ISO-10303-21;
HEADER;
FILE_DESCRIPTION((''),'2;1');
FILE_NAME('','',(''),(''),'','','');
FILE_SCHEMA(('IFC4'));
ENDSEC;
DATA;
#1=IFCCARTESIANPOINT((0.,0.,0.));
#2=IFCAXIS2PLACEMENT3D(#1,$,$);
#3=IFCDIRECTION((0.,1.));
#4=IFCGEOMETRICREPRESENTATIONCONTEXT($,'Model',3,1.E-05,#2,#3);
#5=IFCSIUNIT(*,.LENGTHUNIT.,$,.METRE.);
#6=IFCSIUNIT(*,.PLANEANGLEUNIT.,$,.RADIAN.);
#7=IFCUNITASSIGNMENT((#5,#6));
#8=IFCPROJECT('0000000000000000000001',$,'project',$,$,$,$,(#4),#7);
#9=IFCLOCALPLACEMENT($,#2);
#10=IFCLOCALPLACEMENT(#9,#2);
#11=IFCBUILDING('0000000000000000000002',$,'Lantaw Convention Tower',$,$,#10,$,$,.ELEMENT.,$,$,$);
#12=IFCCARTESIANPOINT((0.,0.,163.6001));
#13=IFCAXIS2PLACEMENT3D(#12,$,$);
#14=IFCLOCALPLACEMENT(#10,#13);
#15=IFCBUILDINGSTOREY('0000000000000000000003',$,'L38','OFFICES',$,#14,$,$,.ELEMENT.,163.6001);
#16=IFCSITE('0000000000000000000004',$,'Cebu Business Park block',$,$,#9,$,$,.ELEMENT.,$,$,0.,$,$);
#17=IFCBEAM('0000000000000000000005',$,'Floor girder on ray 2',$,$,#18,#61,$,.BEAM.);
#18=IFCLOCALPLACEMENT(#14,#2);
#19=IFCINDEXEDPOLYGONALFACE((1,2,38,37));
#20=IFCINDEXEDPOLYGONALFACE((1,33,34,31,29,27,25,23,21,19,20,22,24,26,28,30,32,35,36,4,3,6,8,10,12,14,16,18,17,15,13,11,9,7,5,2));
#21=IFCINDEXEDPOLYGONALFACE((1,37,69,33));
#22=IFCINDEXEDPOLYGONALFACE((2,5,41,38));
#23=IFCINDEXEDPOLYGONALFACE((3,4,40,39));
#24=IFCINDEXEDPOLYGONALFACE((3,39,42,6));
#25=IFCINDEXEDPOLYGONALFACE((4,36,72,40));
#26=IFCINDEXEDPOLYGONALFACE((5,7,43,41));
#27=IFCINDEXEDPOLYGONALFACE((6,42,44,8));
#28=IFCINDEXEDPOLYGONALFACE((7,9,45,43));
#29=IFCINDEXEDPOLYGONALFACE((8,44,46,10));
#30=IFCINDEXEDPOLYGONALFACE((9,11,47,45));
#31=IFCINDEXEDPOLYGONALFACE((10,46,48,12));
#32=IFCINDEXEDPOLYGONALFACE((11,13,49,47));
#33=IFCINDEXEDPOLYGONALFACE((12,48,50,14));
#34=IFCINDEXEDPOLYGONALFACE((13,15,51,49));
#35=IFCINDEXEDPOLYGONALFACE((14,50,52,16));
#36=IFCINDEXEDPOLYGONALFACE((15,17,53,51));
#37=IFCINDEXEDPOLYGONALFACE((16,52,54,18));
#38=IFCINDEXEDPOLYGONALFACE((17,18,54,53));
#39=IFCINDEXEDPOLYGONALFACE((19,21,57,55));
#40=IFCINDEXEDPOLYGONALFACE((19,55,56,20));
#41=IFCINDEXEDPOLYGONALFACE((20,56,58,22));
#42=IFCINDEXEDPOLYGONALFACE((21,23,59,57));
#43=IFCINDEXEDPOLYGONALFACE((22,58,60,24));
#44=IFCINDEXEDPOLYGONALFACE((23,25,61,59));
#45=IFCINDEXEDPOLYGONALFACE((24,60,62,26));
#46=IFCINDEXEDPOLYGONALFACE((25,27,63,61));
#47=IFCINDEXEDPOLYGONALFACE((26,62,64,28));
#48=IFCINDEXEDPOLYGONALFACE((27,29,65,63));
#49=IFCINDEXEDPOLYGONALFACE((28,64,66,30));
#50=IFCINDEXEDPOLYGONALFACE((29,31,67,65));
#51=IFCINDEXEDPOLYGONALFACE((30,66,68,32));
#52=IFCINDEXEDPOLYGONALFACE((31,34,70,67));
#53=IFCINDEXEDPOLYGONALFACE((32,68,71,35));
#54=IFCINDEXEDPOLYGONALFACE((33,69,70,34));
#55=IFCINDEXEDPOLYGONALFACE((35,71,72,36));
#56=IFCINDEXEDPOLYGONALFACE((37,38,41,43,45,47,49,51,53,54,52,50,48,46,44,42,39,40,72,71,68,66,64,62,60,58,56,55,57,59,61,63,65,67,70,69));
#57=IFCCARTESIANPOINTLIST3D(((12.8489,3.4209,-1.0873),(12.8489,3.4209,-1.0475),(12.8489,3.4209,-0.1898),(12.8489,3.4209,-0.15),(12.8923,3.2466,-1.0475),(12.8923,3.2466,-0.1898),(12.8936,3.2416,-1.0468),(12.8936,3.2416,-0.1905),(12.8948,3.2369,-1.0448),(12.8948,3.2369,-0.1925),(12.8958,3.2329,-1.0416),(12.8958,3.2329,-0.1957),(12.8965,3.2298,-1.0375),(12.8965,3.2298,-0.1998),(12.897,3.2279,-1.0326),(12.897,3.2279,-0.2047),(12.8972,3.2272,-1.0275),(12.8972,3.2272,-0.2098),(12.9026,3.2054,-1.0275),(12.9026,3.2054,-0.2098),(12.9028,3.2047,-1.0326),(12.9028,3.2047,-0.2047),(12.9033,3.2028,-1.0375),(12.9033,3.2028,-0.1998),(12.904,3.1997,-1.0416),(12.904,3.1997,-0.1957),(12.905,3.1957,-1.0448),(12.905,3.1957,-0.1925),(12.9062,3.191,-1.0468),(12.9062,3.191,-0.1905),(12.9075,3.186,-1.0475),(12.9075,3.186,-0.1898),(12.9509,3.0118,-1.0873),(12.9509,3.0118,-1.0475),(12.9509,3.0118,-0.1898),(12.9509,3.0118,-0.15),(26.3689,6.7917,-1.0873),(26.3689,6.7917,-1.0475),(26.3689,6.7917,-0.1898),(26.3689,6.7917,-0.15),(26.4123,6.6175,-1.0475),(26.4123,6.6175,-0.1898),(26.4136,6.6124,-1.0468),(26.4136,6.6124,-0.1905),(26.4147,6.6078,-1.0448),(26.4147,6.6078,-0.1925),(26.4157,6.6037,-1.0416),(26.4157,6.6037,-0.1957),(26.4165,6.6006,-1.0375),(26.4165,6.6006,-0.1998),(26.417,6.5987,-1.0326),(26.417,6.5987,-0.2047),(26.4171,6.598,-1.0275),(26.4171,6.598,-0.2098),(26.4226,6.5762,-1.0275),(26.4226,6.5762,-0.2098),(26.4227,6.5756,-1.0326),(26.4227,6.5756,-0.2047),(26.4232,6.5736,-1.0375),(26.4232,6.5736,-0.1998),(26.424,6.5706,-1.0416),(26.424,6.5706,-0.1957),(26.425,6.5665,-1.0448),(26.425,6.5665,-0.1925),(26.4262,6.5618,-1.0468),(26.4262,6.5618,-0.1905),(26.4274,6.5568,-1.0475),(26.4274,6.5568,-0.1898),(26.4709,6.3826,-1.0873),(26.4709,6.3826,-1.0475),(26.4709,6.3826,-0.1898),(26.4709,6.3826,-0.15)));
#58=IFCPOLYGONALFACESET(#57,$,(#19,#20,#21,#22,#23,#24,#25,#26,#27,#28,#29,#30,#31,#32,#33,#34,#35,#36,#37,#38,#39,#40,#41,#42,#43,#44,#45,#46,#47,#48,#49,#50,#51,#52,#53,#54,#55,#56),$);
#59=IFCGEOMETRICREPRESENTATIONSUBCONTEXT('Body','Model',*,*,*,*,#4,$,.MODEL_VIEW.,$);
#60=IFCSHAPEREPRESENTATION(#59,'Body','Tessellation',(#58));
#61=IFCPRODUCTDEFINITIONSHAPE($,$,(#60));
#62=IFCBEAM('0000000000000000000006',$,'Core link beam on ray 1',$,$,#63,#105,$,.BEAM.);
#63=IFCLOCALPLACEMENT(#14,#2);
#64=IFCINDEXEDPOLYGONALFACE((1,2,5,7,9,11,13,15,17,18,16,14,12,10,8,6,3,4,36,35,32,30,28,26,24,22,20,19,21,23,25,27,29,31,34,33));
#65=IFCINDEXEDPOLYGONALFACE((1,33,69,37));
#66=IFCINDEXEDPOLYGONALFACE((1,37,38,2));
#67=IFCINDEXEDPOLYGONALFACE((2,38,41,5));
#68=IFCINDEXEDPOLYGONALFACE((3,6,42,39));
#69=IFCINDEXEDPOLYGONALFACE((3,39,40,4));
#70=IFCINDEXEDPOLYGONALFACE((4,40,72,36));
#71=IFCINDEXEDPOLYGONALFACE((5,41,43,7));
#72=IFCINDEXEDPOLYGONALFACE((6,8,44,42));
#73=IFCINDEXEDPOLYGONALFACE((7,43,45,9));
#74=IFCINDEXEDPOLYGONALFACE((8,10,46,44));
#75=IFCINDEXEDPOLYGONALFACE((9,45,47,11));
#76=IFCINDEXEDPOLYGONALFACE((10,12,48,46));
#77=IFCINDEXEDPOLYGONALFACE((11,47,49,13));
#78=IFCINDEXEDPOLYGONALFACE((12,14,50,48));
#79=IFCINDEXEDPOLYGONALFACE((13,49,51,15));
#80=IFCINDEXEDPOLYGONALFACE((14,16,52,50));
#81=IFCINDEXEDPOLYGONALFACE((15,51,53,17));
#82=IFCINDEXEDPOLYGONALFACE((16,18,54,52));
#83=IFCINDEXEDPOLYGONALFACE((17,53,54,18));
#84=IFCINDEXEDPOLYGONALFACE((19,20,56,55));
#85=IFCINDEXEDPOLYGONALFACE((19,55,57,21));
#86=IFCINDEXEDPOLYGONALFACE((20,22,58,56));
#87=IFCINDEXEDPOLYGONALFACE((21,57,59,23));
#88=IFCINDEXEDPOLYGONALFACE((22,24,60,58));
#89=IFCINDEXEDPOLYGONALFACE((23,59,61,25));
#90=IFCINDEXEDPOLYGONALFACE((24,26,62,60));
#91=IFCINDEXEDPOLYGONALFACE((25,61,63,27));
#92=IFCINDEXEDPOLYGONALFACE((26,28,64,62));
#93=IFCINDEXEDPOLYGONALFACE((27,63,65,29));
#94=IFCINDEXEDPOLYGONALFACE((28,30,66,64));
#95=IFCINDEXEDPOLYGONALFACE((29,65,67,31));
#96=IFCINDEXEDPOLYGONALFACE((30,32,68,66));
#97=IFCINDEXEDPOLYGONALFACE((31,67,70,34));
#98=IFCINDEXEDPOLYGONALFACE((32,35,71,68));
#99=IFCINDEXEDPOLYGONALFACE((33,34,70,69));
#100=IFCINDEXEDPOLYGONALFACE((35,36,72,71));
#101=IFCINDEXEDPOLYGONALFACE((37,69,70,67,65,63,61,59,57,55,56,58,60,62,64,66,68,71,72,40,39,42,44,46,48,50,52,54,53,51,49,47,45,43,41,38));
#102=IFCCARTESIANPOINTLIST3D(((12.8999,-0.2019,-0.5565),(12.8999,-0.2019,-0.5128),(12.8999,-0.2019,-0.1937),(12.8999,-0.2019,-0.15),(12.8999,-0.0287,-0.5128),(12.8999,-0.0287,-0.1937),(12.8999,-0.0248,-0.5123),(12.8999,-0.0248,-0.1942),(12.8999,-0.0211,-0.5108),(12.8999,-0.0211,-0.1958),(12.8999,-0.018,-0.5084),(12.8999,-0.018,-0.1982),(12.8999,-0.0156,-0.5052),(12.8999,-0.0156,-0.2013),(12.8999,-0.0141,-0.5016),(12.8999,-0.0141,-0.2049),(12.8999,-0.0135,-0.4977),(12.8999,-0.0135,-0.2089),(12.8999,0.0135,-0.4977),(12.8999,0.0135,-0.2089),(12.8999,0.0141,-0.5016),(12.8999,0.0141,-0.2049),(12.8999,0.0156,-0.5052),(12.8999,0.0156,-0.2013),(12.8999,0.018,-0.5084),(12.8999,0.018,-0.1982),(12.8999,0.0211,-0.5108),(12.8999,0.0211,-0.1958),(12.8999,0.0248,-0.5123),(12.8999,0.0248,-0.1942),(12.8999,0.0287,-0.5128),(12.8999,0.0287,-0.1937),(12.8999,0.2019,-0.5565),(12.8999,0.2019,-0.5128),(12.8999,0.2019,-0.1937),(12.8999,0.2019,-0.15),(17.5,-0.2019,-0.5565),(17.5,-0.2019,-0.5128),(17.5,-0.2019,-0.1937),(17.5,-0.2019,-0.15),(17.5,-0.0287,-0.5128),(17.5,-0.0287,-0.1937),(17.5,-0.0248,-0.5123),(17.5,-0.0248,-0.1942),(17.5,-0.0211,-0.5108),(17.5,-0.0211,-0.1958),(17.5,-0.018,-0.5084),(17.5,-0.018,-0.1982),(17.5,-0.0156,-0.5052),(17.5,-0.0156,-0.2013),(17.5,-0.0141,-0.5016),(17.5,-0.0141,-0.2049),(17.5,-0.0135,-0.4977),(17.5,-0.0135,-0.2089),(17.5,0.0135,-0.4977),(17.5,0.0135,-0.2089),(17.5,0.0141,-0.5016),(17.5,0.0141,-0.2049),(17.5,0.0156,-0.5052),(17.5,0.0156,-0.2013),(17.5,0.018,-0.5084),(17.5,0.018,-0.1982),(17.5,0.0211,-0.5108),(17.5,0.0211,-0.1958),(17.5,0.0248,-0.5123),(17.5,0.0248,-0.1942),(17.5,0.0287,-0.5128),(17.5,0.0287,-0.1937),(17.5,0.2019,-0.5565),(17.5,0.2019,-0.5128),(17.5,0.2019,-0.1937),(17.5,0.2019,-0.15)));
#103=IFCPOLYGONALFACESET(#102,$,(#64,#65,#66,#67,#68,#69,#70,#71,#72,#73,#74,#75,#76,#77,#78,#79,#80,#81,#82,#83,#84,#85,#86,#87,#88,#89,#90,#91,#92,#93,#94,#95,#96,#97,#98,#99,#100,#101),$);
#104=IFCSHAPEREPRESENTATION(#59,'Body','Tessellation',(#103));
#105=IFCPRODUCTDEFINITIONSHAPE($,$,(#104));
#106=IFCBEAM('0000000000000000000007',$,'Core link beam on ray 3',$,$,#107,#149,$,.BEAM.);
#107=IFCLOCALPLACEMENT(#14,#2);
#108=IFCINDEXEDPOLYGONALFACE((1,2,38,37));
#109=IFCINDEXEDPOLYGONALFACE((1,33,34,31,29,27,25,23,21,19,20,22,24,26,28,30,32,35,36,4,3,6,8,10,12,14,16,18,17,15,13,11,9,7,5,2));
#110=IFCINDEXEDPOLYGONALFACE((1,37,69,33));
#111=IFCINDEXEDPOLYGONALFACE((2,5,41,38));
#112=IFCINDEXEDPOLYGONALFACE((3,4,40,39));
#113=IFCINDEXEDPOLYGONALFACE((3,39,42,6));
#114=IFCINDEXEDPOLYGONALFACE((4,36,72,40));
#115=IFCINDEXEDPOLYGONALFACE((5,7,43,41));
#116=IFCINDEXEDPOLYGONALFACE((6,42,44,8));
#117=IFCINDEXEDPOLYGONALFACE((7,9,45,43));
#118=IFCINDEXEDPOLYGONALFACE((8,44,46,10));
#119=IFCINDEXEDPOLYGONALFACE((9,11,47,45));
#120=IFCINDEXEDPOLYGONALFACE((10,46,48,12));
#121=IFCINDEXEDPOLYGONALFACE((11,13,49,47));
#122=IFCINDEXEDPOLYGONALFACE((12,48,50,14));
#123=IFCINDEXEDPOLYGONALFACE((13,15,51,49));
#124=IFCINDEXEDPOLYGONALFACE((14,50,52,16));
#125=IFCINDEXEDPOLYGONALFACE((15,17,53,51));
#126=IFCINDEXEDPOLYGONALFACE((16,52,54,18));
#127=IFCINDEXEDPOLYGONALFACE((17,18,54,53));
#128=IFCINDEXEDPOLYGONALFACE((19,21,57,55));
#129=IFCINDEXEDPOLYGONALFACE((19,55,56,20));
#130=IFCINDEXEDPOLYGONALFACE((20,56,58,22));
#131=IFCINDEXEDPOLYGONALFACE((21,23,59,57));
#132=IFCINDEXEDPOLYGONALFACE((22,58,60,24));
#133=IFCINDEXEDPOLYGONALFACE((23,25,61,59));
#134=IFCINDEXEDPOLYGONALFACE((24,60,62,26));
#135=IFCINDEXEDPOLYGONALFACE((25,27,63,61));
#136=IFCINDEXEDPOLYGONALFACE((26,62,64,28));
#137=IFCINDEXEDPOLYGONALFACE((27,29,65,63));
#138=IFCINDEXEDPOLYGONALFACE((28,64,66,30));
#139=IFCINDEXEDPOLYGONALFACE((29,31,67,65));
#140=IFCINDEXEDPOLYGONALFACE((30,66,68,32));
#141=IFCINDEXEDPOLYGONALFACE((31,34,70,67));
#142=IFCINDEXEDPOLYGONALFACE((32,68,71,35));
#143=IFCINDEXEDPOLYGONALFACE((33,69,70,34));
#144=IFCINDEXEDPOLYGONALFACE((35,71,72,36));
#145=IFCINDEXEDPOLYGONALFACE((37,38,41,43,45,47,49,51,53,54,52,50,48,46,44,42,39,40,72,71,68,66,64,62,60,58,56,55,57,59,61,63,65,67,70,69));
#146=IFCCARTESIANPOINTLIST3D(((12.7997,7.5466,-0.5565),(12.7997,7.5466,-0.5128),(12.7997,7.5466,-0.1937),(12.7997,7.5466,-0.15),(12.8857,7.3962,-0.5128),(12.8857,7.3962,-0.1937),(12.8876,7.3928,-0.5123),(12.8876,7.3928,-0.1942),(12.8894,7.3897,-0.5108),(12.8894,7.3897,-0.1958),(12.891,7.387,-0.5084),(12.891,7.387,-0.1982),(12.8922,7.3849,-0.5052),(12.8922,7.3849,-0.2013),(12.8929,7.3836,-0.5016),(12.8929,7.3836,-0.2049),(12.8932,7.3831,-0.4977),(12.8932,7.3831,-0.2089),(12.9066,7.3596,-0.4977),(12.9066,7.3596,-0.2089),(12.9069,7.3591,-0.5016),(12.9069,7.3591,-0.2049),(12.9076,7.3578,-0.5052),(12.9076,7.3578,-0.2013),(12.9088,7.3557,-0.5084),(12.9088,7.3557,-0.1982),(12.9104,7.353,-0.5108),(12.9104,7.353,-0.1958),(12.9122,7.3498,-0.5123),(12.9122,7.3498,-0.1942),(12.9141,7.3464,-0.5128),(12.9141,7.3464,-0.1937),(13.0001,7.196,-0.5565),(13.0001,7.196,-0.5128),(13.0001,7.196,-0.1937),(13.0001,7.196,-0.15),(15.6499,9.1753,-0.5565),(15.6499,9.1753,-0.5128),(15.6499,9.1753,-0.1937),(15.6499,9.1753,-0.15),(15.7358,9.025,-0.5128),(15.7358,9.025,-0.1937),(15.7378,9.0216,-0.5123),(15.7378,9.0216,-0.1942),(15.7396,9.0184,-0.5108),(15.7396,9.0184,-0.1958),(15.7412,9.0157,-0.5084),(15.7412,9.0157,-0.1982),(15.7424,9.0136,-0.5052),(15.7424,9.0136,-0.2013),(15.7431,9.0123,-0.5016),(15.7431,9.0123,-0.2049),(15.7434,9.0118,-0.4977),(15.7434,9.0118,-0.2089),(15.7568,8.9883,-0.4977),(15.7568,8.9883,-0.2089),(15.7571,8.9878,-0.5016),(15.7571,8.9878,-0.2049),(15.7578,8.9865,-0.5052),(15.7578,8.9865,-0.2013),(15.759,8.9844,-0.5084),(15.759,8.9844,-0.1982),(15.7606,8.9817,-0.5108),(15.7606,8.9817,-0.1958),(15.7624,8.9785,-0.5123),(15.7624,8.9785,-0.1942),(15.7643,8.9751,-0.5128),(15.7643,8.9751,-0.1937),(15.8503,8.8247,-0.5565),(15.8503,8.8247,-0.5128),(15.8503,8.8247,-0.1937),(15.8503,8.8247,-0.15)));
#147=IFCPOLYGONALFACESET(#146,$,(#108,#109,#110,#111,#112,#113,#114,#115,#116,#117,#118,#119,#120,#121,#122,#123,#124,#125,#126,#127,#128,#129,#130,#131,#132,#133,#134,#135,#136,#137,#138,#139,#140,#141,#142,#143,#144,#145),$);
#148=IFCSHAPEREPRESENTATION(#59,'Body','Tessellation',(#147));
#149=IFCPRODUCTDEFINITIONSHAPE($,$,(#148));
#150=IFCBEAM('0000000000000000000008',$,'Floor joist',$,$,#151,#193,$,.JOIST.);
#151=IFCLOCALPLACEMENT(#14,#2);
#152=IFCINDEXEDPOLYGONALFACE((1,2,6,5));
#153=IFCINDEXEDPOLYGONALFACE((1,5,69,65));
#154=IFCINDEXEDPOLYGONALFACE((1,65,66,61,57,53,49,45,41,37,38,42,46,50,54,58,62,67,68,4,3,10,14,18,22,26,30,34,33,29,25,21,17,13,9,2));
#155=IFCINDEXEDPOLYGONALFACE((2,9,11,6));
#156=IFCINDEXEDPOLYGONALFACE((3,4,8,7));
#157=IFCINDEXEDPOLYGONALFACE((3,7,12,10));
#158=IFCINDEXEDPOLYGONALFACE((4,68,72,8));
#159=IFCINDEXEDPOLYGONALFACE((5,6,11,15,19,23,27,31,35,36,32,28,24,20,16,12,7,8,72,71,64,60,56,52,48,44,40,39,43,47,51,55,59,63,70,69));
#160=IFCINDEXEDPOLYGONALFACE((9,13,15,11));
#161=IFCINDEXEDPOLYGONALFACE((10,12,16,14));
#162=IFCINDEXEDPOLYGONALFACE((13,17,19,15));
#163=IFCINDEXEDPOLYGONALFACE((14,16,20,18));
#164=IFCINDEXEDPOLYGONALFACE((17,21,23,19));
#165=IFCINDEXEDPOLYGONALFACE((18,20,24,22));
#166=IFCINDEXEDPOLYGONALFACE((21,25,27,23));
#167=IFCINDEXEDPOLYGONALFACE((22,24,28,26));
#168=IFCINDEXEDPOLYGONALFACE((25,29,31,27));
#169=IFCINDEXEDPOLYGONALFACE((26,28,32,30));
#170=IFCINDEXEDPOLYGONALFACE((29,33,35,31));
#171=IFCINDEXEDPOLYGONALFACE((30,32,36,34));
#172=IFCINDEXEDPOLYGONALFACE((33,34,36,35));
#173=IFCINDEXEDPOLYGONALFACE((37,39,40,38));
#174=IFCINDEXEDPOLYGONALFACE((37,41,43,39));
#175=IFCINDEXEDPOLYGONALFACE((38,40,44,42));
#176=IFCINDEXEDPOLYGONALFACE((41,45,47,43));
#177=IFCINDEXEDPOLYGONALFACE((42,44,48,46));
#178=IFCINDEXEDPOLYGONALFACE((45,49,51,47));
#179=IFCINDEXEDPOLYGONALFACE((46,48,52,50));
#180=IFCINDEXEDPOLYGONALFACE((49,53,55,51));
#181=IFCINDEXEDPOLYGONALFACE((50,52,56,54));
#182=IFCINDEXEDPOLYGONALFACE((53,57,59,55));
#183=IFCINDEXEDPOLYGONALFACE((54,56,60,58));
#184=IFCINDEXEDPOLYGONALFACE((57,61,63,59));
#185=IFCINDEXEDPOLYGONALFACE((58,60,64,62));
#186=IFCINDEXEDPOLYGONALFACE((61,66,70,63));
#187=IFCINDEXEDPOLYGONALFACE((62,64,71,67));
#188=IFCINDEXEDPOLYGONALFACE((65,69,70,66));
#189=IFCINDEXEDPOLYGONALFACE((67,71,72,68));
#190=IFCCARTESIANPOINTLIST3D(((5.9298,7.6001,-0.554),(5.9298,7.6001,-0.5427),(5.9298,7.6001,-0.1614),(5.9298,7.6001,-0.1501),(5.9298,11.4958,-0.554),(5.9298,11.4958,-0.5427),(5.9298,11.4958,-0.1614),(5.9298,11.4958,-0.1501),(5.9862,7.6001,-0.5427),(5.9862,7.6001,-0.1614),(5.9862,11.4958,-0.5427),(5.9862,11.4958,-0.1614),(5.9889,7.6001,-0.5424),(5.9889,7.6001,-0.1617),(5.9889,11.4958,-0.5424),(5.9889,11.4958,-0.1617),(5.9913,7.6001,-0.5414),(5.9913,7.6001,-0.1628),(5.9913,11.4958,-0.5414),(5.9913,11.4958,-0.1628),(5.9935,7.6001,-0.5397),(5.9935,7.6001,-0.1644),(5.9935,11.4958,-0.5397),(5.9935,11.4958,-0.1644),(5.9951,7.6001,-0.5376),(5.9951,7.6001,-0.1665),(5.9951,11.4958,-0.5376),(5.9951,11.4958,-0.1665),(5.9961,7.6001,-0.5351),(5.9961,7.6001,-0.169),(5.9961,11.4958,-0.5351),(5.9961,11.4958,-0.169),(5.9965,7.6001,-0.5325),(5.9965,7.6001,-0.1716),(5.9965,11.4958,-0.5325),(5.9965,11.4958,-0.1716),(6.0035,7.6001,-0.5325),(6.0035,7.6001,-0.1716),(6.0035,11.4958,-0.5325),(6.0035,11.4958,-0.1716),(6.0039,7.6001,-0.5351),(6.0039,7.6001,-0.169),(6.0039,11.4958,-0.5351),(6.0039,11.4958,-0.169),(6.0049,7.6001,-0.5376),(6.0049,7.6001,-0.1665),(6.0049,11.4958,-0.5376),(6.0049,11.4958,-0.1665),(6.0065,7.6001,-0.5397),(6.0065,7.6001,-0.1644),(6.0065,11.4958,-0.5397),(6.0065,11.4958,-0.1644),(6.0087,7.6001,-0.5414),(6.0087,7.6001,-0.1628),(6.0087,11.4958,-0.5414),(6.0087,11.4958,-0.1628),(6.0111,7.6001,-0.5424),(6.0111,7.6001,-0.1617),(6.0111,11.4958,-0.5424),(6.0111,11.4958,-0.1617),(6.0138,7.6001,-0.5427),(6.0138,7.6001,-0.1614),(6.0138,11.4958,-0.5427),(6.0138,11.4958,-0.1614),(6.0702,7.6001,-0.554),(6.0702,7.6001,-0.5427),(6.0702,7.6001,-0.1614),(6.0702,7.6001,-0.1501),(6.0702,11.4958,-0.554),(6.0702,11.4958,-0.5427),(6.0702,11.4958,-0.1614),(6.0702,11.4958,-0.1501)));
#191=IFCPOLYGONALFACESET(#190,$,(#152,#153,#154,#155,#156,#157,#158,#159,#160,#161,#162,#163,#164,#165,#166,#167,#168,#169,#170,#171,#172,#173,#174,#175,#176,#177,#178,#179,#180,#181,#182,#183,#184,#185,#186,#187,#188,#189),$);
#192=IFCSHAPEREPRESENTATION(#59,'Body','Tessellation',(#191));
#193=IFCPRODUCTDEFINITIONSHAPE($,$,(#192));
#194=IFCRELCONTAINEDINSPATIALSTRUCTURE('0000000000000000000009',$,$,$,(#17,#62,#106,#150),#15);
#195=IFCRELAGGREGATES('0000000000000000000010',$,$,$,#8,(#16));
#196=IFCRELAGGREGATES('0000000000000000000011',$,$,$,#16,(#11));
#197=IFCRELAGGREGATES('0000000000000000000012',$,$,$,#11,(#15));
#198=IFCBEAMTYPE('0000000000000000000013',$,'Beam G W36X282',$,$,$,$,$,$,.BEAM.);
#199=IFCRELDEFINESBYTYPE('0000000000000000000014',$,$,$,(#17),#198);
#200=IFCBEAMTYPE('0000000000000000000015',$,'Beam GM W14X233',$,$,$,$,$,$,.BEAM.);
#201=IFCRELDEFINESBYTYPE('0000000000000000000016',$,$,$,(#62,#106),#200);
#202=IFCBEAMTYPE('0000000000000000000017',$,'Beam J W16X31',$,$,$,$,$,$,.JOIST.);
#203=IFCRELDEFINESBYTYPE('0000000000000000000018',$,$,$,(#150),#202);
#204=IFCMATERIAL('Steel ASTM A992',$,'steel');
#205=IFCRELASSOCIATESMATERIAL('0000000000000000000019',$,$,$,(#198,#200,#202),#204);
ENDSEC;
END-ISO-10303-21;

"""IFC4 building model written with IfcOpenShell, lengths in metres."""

from ifc_helpers import new_model, si_unit, direction, frame, origin, origin_2d, place, context, subcontext, project, spatial, i_section, extrude, material, material_profile, profile_set, type_object, element, save


model = new_model("IFC4")

# Units and contexts
model_context = context("Model", 3, precision=1e-05, world=origin(), true_north=direction((0.0, 1.0)))
body_context = subcontext(model_context, "Body", "Model", "MODEL_VIEW")
ifc_project = project(units=[si_unit("LENGTHUNIT", "METRE"), si_unit("PLANEANGLEUNIT", "RADIAN")], contexts=[model_context])

# Site, building, storey
site_placement = place(None, origin())
site = spatial("IfcSite", under=ifc_project, at=site_placement, Name="Cebu Business Park block", CompositionType="ELEMENT", RefElevation=0.0)
building_placement = place(site_placement, origin())
building = spatial("IfcBuilding", under=site, at=building_placement, Name="Lantaw Convention Tower", CompositionType="ELEMENT")
storey_placement = place(building_placement, frame((0.0, 0.0, 163.6001)))
storey = spatial("IfcBuildingStorey", under=building, at=storey_placement, Name="L38", Description="OFFICES", CompositionType="ELEMENT", Elevation=163.6001)

# Beams
ifc_material_1 = material(Name="Steel ASTM A992", Category="steel")
ifc_material_profile_1 = material_profile(ifc_material_1, i_section(OverallWidth=0.4216, OverallDepth=0.9373, WebThickness=0.0225, FlangeThickness=0.0398, FilletRadius=0.02, at=origin_2d()), Name="W36X282")
ifc_profile_set_1 = profile_set([ifc_material_profile_1], Name="Steel ASTM A992")
beam_type_1 = type_object("IfcBeamType", Name="Beam G W36X282", PredefinedType="BEAM", material=ifc_profile_set_1)
beam_1_placement = place(storey_placement, frame((12.8999, 3.2163, -0.6187), z_axis=(0.970297, 0.241917, 0.0), x_axis=(-0.241917, 0.970297, 0.0)))
element("IfcBeam", 1, at=beam_1_placement, inside=storey, type_object=beam_type_1, Name="Floor girder on ray 2", PredefinedType="BEAM", context=body_context, shape_type="SweptSolid", body=[
    extrude(i_section(OverallWidth=0.4216, OverallDepth=0.9373, WebThickness=0.0225, FlangeThickness=0.0398, FilletRadius=0.02, at=origin_2d()), origin(), (0.0, 0.0, 1.0), 13.9338),
])
ifc_material_profile_2 = material_profile(ifc_material_1, i_section(OverallWidth=0.4038, OverallDepth=0.4065, WebThickness=0.0271, FlangeThickness=0.0437, FilletRadius=0.0151, at=origin_2d()), Name="W14X233")
ifc_profile_set_2 = profile_set([ifc_material_profile_2], Name="Steel ASTM A992")
beam_type_2 = type_object("IfcBeamType", Name="Beam GM W14X233", PredefinedType="BEAM", material=ifc_profile_set_2)
beam_2_placement = place(storey_placement, frame((12.8999, 0.0, -0.3533), z_axis=(1.0, 0.0, 0.0), x_axis=(0.0, 1.0, 0.0)))
element("IfcBeam", 2, at=beam_2_placement, inside=storey, type_object=beam_type_2, Name="Core link beam on ray 1", PredefinedType="BEAM", context=body_context, shape_type="SweptSolid", body=[
    extrude(i_section(OverallWidth=0.4038, OverallDepth=0.4065, WebThickness=0.0271, FlangeThickness=0.0437, FilletRadius=0.0151, at=origin_2d()), origin(), (0.0, 0.0, 1.0), 4.6001),
])
beam_3_placement = place(storey_placement, frame((12.8999, 7.3713, -0.3533), z_axis=(0.868239, 0.496147, 0.0), x_axis=(-0.496147, 0.868239, 0.0)))
element("IfcBeam", 3, at=beam_3_placement, inside=storey, type_object=beam_type_2, Name="Core link beam on ray 3", PredefinedType="BEAM", context=body_context, shape_type="SweptSolid", body=[
    extrude(i_section(OverallWidth=0.4038, OverallDepth=0.4065, WebThickness=0.0271, FlangeThickness=0.0437, FilletRadius=0.0151, at=origin_2d()), origin(), (0.0, 0.0, 1.0), 3.2827),
])
ifc_material_profile_3 = material_profile(ifc_material_1, i_section(OverallWidth=0.1404, OverallDepth=0.4038, WebThickness=0.0071, FlangeThickness=0.0112, FilletRadius=0.0103, at=origin_2d()), Name="W16X31")
ifc_profile_set_3 = profile_set([ifc_material_profile_3], Name="Steel ASTM A992")
beam_type_3 = type_object("IfcBeamType", Name="Beam J W16X31", PredefinedType="JOIST", material=ifc_profile_set_3)
beam_4_placement = place(storey_placement, frame((6.0, 7.6001, -0.3521), z_axis=(0.0, 1.0, 0.0), x_axis=(-1.0, 0.0, 0.0)))
element("IfcBeam", 4, at=beam_4_placement, inside=storey, type_object=beam_type_3, Name="Floor joist", PredefinedType="JOIST", context=body_context, shape_type="SweptSolid", body=[
    extrude(i_section(OverallWidth=0.1404, OverallDepth=0.4038, WebThickness=0.0071, FlangeThickness=0.0112, FilletRadius=0.0103, at=origin_2d()), origin(), (0.0, 0.0, 1.0), 3.8958),
])

save(model, "model.ifc")
